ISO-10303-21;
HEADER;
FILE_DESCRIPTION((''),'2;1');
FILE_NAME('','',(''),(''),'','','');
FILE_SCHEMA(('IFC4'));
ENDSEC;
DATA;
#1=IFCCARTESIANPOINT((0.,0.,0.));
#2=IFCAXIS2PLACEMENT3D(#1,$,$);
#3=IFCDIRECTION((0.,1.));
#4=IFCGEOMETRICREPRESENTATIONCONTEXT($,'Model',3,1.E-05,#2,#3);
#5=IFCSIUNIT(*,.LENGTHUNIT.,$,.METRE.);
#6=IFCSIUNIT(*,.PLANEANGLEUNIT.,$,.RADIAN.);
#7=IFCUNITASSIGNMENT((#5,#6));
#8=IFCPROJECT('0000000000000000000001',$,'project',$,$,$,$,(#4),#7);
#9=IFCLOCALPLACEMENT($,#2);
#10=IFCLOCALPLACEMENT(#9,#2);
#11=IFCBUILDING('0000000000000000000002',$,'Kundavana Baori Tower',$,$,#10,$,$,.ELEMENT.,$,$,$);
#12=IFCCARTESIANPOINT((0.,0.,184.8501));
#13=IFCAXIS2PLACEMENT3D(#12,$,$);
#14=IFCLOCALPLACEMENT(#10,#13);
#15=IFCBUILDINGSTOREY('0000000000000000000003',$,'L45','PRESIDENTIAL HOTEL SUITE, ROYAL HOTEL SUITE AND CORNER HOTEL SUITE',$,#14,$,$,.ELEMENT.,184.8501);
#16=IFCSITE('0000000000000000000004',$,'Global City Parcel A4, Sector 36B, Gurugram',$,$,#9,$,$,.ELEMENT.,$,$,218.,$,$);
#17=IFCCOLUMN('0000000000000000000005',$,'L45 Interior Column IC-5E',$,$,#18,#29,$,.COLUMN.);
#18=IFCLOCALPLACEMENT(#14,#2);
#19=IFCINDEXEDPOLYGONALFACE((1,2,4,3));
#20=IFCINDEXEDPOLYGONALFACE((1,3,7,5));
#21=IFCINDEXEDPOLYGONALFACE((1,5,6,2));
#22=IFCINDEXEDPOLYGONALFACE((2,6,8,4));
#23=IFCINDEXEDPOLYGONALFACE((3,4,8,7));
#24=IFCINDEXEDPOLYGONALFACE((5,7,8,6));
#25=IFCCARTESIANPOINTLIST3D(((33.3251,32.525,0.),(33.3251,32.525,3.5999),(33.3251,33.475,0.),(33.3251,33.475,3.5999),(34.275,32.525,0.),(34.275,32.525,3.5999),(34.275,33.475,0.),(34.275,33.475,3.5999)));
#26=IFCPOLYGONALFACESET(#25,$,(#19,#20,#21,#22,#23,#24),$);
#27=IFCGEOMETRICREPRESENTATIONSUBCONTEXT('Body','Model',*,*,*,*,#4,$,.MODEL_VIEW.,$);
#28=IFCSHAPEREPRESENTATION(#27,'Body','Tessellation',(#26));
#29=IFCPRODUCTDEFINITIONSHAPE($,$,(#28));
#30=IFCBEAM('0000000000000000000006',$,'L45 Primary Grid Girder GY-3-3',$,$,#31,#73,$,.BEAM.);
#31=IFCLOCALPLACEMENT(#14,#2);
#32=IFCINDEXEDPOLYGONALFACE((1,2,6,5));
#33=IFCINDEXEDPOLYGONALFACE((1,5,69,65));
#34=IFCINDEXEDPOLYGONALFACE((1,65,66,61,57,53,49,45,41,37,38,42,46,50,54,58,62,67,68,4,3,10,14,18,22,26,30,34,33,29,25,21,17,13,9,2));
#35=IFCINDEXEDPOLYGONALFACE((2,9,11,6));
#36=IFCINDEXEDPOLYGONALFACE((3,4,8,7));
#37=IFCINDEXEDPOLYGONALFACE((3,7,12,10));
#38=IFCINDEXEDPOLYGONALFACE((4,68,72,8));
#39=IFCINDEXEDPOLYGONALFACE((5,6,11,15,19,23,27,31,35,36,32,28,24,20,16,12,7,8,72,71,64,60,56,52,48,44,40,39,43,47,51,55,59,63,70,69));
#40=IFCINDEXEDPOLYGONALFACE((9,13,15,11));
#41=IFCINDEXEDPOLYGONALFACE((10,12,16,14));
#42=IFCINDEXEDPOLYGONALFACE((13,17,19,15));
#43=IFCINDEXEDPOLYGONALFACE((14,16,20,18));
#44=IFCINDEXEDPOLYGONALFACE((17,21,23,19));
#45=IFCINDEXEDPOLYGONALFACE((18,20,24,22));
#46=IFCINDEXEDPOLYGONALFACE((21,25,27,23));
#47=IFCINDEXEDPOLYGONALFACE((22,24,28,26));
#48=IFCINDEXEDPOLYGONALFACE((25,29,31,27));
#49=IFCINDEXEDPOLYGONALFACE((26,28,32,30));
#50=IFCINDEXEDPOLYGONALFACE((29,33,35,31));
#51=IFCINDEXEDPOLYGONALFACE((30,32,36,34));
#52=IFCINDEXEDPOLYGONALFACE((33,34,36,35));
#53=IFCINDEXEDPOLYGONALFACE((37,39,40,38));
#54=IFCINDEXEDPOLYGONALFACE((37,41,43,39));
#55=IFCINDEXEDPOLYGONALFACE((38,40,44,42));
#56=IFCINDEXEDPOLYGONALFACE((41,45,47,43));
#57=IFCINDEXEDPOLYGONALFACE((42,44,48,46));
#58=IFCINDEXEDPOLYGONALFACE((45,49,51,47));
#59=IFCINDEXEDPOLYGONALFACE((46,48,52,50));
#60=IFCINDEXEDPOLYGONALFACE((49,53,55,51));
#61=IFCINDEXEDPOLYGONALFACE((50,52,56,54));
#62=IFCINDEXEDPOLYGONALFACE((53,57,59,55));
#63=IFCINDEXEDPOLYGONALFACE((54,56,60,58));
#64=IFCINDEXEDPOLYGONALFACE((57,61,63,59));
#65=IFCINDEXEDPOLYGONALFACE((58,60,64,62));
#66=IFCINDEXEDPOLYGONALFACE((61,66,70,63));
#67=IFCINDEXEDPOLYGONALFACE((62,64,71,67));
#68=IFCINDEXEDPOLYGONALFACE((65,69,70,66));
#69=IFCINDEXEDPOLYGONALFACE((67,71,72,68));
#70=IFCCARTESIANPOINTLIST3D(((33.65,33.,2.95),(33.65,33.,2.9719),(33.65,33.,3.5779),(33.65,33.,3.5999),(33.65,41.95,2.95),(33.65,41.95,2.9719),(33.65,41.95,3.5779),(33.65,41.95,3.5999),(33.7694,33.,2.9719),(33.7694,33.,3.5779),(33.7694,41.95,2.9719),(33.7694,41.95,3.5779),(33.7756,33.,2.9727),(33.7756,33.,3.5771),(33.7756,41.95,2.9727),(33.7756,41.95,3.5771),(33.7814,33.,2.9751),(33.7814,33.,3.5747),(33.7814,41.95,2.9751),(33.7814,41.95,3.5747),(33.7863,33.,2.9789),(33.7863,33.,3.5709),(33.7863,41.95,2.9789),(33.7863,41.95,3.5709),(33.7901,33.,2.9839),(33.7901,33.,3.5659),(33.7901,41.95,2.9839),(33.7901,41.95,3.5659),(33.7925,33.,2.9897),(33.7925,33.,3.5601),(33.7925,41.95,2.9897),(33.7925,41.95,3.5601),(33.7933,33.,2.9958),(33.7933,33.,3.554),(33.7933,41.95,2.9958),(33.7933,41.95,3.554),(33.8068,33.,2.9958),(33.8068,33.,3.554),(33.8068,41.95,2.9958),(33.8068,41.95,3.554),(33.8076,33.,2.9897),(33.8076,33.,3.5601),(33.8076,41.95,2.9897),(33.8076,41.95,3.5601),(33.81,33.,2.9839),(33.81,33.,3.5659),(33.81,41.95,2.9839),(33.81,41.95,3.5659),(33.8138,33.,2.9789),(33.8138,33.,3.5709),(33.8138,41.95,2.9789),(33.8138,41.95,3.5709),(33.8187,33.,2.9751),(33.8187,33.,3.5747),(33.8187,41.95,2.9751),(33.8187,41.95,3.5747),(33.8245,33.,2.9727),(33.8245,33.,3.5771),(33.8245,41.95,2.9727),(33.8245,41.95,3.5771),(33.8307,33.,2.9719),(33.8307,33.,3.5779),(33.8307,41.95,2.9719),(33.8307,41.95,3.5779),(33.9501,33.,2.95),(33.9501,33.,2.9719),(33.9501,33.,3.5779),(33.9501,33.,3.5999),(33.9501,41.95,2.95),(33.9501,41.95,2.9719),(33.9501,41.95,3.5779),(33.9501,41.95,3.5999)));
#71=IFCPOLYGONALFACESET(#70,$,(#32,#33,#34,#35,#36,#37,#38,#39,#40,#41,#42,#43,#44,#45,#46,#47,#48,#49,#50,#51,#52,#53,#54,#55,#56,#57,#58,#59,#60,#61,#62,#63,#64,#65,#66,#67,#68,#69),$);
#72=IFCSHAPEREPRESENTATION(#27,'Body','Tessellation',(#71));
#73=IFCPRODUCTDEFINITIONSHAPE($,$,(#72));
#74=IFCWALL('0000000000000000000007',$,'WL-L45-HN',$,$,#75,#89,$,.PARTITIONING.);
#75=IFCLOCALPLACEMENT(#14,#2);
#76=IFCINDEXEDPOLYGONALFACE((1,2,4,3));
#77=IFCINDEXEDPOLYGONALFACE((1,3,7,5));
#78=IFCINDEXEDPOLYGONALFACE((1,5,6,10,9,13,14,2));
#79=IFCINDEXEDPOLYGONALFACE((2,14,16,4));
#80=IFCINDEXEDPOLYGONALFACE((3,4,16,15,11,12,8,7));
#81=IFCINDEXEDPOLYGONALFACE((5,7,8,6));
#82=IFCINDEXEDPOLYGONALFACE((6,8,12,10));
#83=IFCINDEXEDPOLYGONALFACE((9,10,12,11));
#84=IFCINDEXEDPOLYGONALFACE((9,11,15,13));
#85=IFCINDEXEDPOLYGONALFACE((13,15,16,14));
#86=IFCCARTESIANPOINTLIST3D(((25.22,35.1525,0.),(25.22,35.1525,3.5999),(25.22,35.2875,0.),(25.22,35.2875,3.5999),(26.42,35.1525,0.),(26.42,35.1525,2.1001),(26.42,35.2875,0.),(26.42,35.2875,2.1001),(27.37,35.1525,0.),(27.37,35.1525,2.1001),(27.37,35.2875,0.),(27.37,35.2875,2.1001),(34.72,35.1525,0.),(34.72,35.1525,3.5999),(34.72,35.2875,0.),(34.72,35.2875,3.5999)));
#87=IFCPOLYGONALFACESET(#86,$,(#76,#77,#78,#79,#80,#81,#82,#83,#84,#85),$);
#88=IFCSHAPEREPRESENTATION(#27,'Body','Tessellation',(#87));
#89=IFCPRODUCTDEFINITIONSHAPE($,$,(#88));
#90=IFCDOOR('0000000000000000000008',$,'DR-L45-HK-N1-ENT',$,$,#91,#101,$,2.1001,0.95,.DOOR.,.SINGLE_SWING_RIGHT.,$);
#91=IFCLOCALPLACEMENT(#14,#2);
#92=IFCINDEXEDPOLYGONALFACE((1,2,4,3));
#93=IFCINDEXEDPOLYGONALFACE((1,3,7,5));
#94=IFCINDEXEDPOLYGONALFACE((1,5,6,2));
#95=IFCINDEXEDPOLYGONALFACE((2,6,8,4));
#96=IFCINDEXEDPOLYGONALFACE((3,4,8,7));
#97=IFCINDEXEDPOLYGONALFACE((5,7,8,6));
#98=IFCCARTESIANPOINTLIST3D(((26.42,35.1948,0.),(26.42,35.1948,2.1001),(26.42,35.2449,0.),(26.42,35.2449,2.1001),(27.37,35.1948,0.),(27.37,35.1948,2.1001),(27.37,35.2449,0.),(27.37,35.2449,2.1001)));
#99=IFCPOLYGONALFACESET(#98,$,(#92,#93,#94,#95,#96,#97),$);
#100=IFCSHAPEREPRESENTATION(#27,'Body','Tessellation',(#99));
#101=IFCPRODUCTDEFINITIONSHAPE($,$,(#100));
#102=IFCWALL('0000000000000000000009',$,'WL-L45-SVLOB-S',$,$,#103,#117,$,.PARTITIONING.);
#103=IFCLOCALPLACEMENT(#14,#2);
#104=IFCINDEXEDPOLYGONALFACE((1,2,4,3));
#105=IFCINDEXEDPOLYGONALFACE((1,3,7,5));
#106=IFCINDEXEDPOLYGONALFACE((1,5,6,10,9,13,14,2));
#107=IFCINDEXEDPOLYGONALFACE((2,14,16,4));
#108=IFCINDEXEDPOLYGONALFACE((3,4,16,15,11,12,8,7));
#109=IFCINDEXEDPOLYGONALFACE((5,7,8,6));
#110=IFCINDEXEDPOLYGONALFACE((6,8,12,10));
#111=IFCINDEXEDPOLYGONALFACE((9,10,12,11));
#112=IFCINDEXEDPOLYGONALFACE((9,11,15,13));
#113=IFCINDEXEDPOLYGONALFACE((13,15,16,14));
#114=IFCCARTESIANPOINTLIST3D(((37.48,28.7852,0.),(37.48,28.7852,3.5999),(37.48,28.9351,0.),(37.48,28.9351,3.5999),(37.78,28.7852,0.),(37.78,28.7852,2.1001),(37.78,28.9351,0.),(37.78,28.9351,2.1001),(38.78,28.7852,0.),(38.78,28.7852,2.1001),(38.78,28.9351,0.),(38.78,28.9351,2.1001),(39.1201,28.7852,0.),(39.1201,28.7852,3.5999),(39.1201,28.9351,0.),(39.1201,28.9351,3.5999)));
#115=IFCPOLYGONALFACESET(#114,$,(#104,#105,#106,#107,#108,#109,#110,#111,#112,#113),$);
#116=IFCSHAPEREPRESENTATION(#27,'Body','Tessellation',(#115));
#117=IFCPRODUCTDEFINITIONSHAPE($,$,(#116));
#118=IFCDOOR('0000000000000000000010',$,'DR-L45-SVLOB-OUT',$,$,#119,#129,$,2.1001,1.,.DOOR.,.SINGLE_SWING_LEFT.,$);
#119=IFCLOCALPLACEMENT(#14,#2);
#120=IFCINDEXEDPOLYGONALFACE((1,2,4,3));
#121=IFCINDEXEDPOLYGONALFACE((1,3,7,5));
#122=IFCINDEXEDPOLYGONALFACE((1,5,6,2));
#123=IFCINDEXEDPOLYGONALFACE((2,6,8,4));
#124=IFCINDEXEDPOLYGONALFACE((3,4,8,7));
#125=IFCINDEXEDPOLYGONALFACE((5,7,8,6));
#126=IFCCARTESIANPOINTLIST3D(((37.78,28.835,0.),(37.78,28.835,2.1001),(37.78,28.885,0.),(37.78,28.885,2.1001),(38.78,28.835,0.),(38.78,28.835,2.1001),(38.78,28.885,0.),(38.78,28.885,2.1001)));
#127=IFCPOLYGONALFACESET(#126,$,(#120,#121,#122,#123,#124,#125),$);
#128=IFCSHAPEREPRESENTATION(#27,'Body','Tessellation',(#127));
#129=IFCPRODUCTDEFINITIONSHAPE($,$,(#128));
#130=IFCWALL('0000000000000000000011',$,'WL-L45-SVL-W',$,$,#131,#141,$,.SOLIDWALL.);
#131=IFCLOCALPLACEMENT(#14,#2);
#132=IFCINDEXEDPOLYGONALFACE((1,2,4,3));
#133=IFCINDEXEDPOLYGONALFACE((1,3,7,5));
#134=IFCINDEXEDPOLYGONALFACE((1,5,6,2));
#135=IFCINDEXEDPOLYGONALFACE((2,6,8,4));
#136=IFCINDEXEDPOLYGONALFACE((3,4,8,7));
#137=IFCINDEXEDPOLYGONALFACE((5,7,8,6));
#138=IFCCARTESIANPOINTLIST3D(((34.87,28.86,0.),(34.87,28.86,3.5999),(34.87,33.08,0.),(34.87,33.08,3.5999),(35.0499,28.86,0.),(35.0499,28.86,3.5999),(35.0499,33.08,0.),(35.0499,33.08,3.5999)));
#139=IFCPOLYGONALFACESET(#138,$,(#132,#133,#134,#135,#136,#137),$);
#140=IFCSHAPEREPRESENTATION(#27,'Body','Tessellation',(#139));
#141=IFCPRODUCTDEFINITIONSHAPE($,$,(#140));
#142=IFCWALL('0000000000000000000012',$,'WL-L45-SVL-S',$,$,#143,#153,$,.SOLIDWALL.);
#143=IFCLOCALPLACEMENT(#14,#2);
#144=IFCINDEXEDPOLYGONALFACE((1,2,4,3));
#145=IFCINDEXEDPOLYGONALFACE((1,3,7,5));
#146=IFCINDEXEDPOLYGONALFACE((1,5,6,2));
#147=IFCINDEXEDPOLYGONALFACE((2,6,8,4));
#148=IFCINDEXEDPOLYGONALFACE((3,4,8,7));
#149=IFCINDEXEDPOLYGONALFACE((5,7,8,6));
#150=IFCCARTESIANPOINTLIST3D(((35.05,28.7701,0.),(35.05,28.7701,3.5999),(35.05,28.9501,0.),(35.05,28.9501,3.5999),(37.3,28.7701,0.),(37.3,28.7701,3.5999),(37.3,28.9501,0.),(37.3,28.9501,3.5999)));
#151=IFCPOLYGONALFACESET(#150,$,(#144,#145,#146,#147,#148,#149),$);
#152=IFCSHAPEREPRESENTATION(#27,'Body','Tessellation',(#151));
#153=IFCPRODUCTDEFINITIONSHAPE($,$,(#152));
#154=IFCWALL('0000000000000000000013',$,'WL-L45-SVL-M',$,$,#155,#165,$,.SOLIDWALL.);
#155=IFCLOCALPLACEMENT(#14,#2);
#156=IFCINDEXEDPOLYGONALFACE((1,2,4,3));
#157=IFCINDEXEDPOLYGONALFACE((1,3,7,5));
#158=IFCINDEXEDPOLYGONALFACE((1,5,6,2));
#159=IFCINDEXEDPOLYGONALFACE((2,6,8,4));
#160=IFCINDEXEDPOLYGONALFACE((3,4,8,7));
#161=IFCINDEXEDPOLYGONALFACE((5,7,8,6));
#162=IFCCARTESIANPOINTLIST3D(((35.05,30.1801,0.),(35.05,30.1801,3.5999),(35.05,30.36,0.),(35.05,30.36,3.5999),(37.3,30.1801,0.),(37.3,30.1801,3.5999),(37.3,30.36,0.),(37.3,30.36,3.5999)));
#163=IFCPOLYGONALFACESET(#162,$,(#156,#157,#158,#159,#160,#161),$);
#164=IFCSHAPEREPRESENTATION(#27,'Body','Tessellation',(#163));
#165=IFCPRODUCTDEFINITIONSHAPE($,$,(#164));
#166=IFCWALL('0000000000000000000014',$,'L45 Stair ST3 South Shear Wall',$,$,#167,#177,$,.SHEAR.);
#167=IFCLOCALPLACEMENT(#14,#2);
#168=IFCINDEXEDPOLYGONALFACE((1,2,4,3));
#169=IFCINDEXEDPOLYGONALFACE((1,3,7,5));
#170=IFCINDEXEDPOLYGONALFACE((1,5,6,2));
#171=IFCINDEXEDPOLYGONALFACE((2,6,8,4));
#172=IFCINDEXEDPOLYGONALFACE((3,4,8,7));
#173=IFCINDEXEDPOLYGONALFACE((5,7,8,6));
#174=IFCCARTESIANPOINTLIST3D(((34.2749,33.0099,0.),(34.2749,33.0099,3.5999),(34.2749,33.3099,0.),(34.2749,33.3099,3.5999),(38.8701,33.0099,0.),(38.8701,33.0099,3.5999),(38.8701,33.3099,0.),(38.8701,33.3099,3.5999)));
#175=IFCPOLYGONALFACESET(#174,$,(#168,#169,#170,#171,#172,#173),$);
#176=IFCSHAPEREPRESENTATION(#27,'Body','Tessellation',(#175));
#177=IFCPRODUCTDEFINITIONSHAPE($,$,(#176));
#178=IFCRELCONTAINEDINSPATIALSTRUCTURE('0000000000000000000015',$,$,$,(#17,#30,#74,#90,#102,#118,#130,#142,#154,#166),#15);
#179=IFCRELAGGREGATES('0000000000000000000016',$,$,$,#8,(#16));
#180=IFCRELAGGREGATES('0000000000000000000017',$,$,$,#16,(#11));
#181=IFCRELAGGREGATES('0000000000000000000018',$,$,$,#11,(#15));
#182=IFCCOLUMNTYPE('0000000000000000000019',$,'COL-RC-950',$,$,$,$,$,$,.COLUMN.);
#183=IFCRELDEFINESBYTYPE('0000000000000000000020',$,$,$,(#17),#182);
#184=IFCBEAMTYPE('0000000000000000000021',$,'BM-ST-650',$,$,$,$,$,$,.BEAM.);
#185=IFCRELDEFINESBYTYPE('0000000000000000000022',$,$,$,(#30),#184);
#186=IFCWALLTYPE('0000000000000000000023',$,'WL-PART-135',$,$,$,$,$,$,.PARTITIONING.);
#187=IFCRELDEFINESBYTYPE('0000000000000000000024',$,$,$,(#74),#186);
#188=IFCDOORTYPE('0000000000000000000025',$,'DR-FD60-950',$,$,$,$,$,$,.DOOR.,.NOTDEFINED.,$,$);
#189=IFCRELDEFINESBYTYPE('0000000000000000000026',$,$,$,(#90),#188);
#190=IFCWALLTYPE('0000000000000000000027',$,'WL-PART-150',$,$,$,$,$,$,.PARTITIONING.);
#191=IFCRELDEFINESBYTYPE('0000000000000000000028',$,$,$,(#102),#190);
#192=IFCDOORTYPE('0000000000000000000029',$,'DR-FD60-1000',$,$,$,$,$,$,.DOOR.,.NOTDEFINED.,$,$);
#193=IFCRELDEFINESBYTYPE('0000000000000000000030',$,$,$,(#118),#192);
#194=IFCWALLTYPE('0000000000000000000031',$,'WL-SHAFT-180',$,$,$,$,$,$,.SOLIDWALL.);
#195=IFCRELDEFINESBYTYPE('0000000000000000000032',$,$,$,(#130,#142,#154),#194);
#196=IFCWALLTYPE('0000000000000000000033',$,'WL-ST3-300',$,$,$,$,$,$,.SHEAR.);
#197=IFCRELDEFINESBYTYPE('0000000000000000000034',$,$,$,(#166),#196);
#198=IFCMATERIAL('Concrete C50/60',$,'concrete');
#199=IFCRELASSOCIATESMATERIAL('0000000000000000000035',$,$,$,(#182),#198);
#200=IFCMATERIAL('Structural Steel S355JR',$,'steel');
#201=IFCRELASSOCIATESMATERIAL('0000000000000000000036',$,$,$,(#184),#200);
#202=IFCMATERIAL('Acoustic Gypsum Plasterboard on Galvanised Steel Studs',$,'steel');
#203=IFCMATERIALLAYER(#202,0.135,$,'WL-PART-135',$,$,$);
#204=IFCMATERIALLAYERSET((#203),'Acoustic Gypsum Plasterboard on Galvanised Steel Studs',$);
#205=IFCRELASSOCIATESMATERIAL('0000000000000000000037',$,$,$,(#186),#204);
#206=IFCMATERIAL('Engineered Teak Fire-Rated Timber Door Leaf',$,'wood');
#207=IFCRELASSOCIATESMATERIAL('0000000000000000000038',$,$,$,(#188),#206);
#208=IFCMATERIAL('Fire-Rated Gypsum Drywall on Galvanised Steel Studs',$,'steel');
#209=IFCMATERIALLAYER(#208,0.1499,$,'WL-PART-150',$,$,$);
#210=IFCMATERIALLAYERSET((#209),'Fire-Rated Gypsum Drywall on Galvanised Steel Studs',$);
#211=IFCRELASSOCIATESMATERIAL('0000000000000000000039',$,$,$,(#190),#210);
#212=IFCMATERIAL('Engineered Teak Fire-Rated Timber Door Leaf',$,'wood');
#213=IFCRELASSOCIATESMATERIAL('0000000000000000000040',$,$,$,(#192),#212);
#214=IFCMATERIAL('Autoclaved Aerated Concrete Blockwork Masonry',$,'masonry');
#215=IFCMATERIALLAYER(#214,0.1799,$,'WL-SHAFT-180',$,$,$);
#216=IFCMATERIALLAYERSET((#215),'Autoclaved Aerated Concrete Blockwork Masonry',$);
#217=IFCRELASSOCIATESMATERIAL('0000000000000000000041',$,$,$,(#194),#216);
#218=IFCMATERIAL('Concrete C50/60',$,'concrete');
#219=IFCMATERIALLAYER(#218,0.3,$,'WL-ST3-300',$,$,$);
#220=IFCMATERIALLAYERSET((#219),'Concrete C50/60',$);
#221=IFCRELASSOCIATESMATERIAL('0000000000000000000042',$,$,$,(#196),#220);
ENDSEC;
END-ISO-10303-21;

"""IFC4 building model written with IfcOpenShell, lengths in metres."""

from ifc_helpers import new_model, si_unit, direction, frame, frame_2d, origin, origin_2d, place, context, subcontext, project, spatial, rectangle, i_section, extrude, material, layer, layer_set, material_profile, profile_set, type_object, element, fill, save


model = new_model("IFC4")

# Units and contexts
model_context = context("Model", 3, precision=1e-05, world=origin(), true_north=direction((0.0, 1.0)))
body_context = subcontext(model_context, "Body", "Model", "MODEL_VIEW")
ifc_project = project(units=[si_unit("LENGTHUNIT", "METRE"), si_unit("PLANEANGLEUNIT", "RADIAN")], contexts=[model_context])

# Site, building, storey
site_placement = place(None, origin())
site = spatial("IfcSite", under=ifc_project, at=site_placement, Name="Global City Parcel A4, Sector 36B, Gurugram", CompositionType="ELEMENT", RefElevation=218.0)
building_placement = place(site_placement, origin())
building = spatial("IfcBuilding", under=site, at=building_placement, Name="Kundavana Baori Tower", CompositionType="ELEMENT")
storey_placement = place(building_placement, frame((0.0, 0.0, 184.8501)))
storey = spatial("IfcBuildingStorey", under=building, at=storey_placement, Name="L45", Description="PRESIDENTIAL HOTEL SUITE, ROYAL HOTEL SUITE AND CORNER HOTEL SUITE", CompositionType="ELEMENT", Elevation=184.8501)

# Column
ifc_material_1 = material(Name="Concrete C50/60", Category="concrete")
ifc_material_profile_1 = material_profile(ifc_material_1, rectangle(XDim=0.95, YDim=0.95, at=origin_2d()), Name="RC 950x950")
ifc_profile_set_1 = profile_set([ifc_material_profile_1], Name="Concrete C50/60")
column_type = type_object("IfcColumnType", Name="COL-RC-950", PredefinedType="COLUMN", material=ifc_profile_set_1)
column_placement = place(storey_placement, frame((33.8, 33.0, 0.0), z_axis=(0.0, 0.0, 1.0), x_axis=(1.0, 0.0, 0.0)))
element("IfcColumn", 1, at=column_placement, inside=storey, type_object=column_type, Name="L45 Interior Column IC-5E", PredefinedType="COLUMN", context=body_context, shape_type="SweptSolid", body=[
    extrude(rectangle(XDim=0.95, YDim=0.95, at=origin_2d()), origin(), (0.0, 0.0, 1.0), 3.5999),
])

# Beam
ifc_material_2 = material(Name="Structural Steel S355JR", Category="steel")
ifc_material_profile_2 = material_profile(ifc_material_2, i_section(OverallWidth=0.3, OverallDepth=0.6499, WebThickness=0.0134, FlangeThickness=0.022, FilletRadius=0.0239, at=origin_2d()), Name="NPB 650x300x155")
ifc_profile_set_2 = profile_set([ifc_material_profile_2], Name="Structural Steel S355JR")
beam_type = type_object("IfcBeamType", Name="BM-ST-650", PredefinedType="BEAM", material=ifc_profile_set_2)
beam_placement = place(storey_placement, frame((33.8, 33.0, 3.2749), z_axis=(0.0, 1.0, 0.0), x_axis=(-1.0, 0.0, 0.0)))
element("IfcBeam", 2, at=beam_placement, inside=storey, type_object=beam_type, Name="L45 Primary Grid Girder GY-3-3", PredefinedType="BEAM", context=body_context, shape_type="SweptSolid", body=[
    extrude(i_section(OverallWidth=0.3, OverallDepth=0.6499, WebThickness=0.0134, FlangeThickness=0.022, FilletRadius=0.0239, at=origin_2d()), origin(), (0.0, 0.0, 1.0), 8.95),
])

# Walls, openings, doors
ifc_material_3 = material(Name="Acoustic Gypsum Plasterboard on Galvanised Steel Studs", Category="steel")
ifc_layer_1 = layer(ifc_material_3, 0.135, Name="WL-PART-135")
ifc_layer_set_1 = layer_set([ifc_layer_1], Name="Acoustic Gypsum Plasterboard on Galvanised Steel Studs")
wall_type_1 = type_object("IfcWallType", Name="WL-PART-135", PredefinedType="PARTITIONING", material=ifc_layer_set_1)
wall_1_placement = place(storey_placement, frame((25.22, 35.22, 0.0), z_axis=(0.0, 0.0, 1.0), x_axis=(1.0, 0.0, 0.0)))
wall_1 = element("IfcWall", 3, at=wall_1_placement, inside=storey, type_object=wall_type_1, Name="WL-L45-HN", PredefinedType="PARTITIONING", context=body_context, shape_type="SweptSolid", body=[
    extrude(rectangle(XDim=9.5, YDim=0.135, at=frame_2d((4.75, 0.0))), origin(), (0.0, 0.0, 1.0), 3.5999),
])
opening_1_placement = place(wall_1_placement, frame((1.2, 0.0, 0.0)))
opening_1 = element("IfcOpeningElement", 4, at=opening_1_placement, cuts=wall_1, PredefinedType="OPENING", context=body_context, shape_type="SweptSolid", body=[
    extrude(rectangle(XDim=0.95, YDim=2.1001, at=frame_2d((0.4751, 1.05))), frame((0.0, 0.0776, 0.0), z_axis=(0.0, -1.0, 0.0), x_axis=(1.0, 0.0, 0.0)), (0.0, 0.0, 1.0), 0.155),
])
ifc_material_4 = material(Name="Engineered Teak Fire-Rated Timber Door Leaf", Category="wood")
door_type_1 = type_object("IfcDoorType", Name="DR-FD60-950", OperationType="NOTDEFINED", PredefinedType="DOOR", material=ifc_material_4)
door_1_placement = place(opening_1_placement, origin())
door_1 = element("IfcDoor", 5, at=door_1_placement, inside=storey, type_object=door_type_1, Name="DR-L45-HK-N1-ENT", OperationType="SINGLE_SWING_RIGHT", OverallHeight=2.1001, OverallWidth=0.95, PredefinedType="DOOR", context=body_context, shape_type="SweptSolid", body=[
    extrude(rectangle(XDim=0.95, YDim=2.1001, at=frame_2d((0.4751, 1.05))), frame((0.0, 0.0249, 0.0), z_axis=(0.0, -1.0, 0.0), x_axis=(1.0, 0.0, 0.0)), (0.0, 0.0, 1.0), 0.05),
])
fill(opening_1, door_1)
ifc_material_5 = material(Name="Fire-Rated Gypsum Drywall on Galvanised Steel Studs", Category="steel")
ifc_layer_2 = layer(ifc_material_5, 0.1499, Name="WL-PART-150")
ifc_layer_set_2 = layer_set([ifc_layer_2], Name="Fire-Rated Gypsum Drywall on Galvanised Steel Studs")
wall_type_2 = type_object("IfcWallType", Name="WL-PART-150", PredefinedType="PARTITIONING", material=ifc_layer_set_2)
wall_2_placement = place(storey_placement, frame((37.48, 28.8601, 0.0), z_axis=(0.0, 0.0, 1.0), x_axis=(1.0, 0.0, 0.0)))
wall_2 = element("IfcWall", 6, at=wall_2_placement, inside=storey, type_object=wall_type_2, Name="WL-L45-SVLOB-S", PredefinedType="PARTITIONING", context=body_context, shape_type="SweptSolid", body=[
    extrude(rectangle(XDim=1.6401, YDim=0.1499, at=frame_2d((0.8201, 0.0))), origin(), (0.0, 0.0, 1.0), 3.5999),
])
opening_2_placement = place(wall_2_placement, frame((0.3, 0.0, 0.0)))
opening_2 = element("IfcOpeningElement", 7, at=opening_2_placement, cuts=wall_2, PredefinedType="OPENING", context=body_context, shape_type="SweptSolid", body=[
    extrude(rectangle(XDim=1.0, YDim=2.1001, at=frame_2d((0.5, 1.05))), frame((0.0, 0.085, 0.0), z_axis=(0.0, -1.0, 0.0), x_axis=(1.0, 0.0, 0.0)), (0.0, 0.0, 1.0), 0.1699),
])
ifc_material_6 = material(Name="Engineered Teak Fire-Rated Timber Door Leaf", Category="wood")
door_type_2 = type_object("IfcDoorType", Name="DR-FD60-1000", OperationType="NOTDEFINED", PredefinedType="DOOR", material=ifc_material_6)
door_2_placement = place(opening_2_placement, origin())
door_2 = element("IfcDoor", 8, at=door_2_placement, inside=storey, type_object=door_type_2, Name="DR-L45-SVLOB-OUT", OperationType="SINGLE_SWING_LEFT", OverallHeight=2.1001, OverallWidth=1.0, PredefinedType="DOOR", context=body_context, shape_type="SweptSolid", body=[
    extrude(rectangle(XDim=1.0, YDim=2.1001, at=frame_2d((0.5, 1.05))), frame((0.0, 0.0249, 0.0), z_axis=(0.0, -1.0, 0.0), x_axis=(1.0, 0.0, 0.0)), (0.0, 0.0, 1.0), 0.05),
])
fill(opening_2, door_2)

# Wall
ifc_material_7 = material(Name="Autoclaved Aerated Concrete Blockwork Masonry", Category="masonry")
ifc_layer_3 = layer(ifc_material_7, 0.1799, Name="WL-SHAFT-180")
ifc_layer_set_3 = layer_set([ifc_layer_3], Name="Autoclaved Aerated Concrete Blockwork Masonry")
wall_type_3 = type_object("IfcWallType", Name="WL-SHAFT-180", PredefinedType="SOLIDWALL", material=ifc_layer_set_3)
wall_3_placement = place(storey_placement, frame((34.96, 28.8601, 0.0), z_axis=(0.0, 0.0, 1.0), x_axis=(0.0, 1.0, 0.0)))
element("IfcWall", 9, at=wall_3_placement, inside=storey, type_object=wall_type_3, Name="WL-L45-SVL-W", PredefinedType="SOLIDWALL", context=body_context, shape_type="SweptSolid", body=[
    extrude(rectangle(XDim=4.22, YDim=0.1799, at=frame_2d((2.1099, 0.0))), origin(), (0.0, 0.0, 1.0), 3.5999),
])

# Walls
for number, where, z_axis, x_axis, name in (
    (10, (35.05, 28.8601, 0.0), (0.0, 0.0, 1.0), (1.0, 0.0, 0.0), "WL-L45-SVL-S"),
    (11, (35.05, 30.27, 0.0), (0.0, 0.0, 1.0), (1.0, 0.0, 0.0), "WL-L45-SVL-M"),
):
    element("IfcWall", number, at=place(storey_placement, frame(where, z_axis=z_axis, x_axis=x_axis)), inside=storey, type_object=wall_type_3, Name=name, PredefinedType="SOLIDWALL", context=body_context, shape_type="SweptSolid", body=[
        extrude(rectangle(XDim=2.25, YDim=0.1799, at=frame_2d((1.125, 0.0))), origin(), (0.0, 0.0, 1.0), 3.5999),
    ])
ifc_material_8 = material(Name="Concrete C50/60", Category="concrete")
ifc_layer_4 = layer(ifc_material_8, 0.3, Name="WL-ST3-300")
ifc_layer_set_4 = layer_set([ifc_layer_4], Name="Concrete C50/60")
wall_type_4 = type_object("IfcWallType", Name="WL-ST3-300", PredefinedType="SHEAR", material=ifc_layer_set_4)
wall_4_placement = place(storey_placement, frame((34.2749, 33.1599, 0.0), z_axis=(0.0, 0.0, 1.0), x_axis=(1.0, 0.0, 0.0)))
element("IfcWall", 12, at=wall_4_placement, inside=storey, type_object=wall_type_4, Name="L45 Stair ST3 South Shear Wall", PredefinedType="SHEAR", context=body_context, shape_type="SweptSolid", body=[
    extrude(rectangle(XDim=4.5952, YDim=0.3, at=frame_2d((2.2976, 0.0))), origin(), (0.0, 0.0, 1.0), 3.5999),
])

save(model, "model.ifc")
